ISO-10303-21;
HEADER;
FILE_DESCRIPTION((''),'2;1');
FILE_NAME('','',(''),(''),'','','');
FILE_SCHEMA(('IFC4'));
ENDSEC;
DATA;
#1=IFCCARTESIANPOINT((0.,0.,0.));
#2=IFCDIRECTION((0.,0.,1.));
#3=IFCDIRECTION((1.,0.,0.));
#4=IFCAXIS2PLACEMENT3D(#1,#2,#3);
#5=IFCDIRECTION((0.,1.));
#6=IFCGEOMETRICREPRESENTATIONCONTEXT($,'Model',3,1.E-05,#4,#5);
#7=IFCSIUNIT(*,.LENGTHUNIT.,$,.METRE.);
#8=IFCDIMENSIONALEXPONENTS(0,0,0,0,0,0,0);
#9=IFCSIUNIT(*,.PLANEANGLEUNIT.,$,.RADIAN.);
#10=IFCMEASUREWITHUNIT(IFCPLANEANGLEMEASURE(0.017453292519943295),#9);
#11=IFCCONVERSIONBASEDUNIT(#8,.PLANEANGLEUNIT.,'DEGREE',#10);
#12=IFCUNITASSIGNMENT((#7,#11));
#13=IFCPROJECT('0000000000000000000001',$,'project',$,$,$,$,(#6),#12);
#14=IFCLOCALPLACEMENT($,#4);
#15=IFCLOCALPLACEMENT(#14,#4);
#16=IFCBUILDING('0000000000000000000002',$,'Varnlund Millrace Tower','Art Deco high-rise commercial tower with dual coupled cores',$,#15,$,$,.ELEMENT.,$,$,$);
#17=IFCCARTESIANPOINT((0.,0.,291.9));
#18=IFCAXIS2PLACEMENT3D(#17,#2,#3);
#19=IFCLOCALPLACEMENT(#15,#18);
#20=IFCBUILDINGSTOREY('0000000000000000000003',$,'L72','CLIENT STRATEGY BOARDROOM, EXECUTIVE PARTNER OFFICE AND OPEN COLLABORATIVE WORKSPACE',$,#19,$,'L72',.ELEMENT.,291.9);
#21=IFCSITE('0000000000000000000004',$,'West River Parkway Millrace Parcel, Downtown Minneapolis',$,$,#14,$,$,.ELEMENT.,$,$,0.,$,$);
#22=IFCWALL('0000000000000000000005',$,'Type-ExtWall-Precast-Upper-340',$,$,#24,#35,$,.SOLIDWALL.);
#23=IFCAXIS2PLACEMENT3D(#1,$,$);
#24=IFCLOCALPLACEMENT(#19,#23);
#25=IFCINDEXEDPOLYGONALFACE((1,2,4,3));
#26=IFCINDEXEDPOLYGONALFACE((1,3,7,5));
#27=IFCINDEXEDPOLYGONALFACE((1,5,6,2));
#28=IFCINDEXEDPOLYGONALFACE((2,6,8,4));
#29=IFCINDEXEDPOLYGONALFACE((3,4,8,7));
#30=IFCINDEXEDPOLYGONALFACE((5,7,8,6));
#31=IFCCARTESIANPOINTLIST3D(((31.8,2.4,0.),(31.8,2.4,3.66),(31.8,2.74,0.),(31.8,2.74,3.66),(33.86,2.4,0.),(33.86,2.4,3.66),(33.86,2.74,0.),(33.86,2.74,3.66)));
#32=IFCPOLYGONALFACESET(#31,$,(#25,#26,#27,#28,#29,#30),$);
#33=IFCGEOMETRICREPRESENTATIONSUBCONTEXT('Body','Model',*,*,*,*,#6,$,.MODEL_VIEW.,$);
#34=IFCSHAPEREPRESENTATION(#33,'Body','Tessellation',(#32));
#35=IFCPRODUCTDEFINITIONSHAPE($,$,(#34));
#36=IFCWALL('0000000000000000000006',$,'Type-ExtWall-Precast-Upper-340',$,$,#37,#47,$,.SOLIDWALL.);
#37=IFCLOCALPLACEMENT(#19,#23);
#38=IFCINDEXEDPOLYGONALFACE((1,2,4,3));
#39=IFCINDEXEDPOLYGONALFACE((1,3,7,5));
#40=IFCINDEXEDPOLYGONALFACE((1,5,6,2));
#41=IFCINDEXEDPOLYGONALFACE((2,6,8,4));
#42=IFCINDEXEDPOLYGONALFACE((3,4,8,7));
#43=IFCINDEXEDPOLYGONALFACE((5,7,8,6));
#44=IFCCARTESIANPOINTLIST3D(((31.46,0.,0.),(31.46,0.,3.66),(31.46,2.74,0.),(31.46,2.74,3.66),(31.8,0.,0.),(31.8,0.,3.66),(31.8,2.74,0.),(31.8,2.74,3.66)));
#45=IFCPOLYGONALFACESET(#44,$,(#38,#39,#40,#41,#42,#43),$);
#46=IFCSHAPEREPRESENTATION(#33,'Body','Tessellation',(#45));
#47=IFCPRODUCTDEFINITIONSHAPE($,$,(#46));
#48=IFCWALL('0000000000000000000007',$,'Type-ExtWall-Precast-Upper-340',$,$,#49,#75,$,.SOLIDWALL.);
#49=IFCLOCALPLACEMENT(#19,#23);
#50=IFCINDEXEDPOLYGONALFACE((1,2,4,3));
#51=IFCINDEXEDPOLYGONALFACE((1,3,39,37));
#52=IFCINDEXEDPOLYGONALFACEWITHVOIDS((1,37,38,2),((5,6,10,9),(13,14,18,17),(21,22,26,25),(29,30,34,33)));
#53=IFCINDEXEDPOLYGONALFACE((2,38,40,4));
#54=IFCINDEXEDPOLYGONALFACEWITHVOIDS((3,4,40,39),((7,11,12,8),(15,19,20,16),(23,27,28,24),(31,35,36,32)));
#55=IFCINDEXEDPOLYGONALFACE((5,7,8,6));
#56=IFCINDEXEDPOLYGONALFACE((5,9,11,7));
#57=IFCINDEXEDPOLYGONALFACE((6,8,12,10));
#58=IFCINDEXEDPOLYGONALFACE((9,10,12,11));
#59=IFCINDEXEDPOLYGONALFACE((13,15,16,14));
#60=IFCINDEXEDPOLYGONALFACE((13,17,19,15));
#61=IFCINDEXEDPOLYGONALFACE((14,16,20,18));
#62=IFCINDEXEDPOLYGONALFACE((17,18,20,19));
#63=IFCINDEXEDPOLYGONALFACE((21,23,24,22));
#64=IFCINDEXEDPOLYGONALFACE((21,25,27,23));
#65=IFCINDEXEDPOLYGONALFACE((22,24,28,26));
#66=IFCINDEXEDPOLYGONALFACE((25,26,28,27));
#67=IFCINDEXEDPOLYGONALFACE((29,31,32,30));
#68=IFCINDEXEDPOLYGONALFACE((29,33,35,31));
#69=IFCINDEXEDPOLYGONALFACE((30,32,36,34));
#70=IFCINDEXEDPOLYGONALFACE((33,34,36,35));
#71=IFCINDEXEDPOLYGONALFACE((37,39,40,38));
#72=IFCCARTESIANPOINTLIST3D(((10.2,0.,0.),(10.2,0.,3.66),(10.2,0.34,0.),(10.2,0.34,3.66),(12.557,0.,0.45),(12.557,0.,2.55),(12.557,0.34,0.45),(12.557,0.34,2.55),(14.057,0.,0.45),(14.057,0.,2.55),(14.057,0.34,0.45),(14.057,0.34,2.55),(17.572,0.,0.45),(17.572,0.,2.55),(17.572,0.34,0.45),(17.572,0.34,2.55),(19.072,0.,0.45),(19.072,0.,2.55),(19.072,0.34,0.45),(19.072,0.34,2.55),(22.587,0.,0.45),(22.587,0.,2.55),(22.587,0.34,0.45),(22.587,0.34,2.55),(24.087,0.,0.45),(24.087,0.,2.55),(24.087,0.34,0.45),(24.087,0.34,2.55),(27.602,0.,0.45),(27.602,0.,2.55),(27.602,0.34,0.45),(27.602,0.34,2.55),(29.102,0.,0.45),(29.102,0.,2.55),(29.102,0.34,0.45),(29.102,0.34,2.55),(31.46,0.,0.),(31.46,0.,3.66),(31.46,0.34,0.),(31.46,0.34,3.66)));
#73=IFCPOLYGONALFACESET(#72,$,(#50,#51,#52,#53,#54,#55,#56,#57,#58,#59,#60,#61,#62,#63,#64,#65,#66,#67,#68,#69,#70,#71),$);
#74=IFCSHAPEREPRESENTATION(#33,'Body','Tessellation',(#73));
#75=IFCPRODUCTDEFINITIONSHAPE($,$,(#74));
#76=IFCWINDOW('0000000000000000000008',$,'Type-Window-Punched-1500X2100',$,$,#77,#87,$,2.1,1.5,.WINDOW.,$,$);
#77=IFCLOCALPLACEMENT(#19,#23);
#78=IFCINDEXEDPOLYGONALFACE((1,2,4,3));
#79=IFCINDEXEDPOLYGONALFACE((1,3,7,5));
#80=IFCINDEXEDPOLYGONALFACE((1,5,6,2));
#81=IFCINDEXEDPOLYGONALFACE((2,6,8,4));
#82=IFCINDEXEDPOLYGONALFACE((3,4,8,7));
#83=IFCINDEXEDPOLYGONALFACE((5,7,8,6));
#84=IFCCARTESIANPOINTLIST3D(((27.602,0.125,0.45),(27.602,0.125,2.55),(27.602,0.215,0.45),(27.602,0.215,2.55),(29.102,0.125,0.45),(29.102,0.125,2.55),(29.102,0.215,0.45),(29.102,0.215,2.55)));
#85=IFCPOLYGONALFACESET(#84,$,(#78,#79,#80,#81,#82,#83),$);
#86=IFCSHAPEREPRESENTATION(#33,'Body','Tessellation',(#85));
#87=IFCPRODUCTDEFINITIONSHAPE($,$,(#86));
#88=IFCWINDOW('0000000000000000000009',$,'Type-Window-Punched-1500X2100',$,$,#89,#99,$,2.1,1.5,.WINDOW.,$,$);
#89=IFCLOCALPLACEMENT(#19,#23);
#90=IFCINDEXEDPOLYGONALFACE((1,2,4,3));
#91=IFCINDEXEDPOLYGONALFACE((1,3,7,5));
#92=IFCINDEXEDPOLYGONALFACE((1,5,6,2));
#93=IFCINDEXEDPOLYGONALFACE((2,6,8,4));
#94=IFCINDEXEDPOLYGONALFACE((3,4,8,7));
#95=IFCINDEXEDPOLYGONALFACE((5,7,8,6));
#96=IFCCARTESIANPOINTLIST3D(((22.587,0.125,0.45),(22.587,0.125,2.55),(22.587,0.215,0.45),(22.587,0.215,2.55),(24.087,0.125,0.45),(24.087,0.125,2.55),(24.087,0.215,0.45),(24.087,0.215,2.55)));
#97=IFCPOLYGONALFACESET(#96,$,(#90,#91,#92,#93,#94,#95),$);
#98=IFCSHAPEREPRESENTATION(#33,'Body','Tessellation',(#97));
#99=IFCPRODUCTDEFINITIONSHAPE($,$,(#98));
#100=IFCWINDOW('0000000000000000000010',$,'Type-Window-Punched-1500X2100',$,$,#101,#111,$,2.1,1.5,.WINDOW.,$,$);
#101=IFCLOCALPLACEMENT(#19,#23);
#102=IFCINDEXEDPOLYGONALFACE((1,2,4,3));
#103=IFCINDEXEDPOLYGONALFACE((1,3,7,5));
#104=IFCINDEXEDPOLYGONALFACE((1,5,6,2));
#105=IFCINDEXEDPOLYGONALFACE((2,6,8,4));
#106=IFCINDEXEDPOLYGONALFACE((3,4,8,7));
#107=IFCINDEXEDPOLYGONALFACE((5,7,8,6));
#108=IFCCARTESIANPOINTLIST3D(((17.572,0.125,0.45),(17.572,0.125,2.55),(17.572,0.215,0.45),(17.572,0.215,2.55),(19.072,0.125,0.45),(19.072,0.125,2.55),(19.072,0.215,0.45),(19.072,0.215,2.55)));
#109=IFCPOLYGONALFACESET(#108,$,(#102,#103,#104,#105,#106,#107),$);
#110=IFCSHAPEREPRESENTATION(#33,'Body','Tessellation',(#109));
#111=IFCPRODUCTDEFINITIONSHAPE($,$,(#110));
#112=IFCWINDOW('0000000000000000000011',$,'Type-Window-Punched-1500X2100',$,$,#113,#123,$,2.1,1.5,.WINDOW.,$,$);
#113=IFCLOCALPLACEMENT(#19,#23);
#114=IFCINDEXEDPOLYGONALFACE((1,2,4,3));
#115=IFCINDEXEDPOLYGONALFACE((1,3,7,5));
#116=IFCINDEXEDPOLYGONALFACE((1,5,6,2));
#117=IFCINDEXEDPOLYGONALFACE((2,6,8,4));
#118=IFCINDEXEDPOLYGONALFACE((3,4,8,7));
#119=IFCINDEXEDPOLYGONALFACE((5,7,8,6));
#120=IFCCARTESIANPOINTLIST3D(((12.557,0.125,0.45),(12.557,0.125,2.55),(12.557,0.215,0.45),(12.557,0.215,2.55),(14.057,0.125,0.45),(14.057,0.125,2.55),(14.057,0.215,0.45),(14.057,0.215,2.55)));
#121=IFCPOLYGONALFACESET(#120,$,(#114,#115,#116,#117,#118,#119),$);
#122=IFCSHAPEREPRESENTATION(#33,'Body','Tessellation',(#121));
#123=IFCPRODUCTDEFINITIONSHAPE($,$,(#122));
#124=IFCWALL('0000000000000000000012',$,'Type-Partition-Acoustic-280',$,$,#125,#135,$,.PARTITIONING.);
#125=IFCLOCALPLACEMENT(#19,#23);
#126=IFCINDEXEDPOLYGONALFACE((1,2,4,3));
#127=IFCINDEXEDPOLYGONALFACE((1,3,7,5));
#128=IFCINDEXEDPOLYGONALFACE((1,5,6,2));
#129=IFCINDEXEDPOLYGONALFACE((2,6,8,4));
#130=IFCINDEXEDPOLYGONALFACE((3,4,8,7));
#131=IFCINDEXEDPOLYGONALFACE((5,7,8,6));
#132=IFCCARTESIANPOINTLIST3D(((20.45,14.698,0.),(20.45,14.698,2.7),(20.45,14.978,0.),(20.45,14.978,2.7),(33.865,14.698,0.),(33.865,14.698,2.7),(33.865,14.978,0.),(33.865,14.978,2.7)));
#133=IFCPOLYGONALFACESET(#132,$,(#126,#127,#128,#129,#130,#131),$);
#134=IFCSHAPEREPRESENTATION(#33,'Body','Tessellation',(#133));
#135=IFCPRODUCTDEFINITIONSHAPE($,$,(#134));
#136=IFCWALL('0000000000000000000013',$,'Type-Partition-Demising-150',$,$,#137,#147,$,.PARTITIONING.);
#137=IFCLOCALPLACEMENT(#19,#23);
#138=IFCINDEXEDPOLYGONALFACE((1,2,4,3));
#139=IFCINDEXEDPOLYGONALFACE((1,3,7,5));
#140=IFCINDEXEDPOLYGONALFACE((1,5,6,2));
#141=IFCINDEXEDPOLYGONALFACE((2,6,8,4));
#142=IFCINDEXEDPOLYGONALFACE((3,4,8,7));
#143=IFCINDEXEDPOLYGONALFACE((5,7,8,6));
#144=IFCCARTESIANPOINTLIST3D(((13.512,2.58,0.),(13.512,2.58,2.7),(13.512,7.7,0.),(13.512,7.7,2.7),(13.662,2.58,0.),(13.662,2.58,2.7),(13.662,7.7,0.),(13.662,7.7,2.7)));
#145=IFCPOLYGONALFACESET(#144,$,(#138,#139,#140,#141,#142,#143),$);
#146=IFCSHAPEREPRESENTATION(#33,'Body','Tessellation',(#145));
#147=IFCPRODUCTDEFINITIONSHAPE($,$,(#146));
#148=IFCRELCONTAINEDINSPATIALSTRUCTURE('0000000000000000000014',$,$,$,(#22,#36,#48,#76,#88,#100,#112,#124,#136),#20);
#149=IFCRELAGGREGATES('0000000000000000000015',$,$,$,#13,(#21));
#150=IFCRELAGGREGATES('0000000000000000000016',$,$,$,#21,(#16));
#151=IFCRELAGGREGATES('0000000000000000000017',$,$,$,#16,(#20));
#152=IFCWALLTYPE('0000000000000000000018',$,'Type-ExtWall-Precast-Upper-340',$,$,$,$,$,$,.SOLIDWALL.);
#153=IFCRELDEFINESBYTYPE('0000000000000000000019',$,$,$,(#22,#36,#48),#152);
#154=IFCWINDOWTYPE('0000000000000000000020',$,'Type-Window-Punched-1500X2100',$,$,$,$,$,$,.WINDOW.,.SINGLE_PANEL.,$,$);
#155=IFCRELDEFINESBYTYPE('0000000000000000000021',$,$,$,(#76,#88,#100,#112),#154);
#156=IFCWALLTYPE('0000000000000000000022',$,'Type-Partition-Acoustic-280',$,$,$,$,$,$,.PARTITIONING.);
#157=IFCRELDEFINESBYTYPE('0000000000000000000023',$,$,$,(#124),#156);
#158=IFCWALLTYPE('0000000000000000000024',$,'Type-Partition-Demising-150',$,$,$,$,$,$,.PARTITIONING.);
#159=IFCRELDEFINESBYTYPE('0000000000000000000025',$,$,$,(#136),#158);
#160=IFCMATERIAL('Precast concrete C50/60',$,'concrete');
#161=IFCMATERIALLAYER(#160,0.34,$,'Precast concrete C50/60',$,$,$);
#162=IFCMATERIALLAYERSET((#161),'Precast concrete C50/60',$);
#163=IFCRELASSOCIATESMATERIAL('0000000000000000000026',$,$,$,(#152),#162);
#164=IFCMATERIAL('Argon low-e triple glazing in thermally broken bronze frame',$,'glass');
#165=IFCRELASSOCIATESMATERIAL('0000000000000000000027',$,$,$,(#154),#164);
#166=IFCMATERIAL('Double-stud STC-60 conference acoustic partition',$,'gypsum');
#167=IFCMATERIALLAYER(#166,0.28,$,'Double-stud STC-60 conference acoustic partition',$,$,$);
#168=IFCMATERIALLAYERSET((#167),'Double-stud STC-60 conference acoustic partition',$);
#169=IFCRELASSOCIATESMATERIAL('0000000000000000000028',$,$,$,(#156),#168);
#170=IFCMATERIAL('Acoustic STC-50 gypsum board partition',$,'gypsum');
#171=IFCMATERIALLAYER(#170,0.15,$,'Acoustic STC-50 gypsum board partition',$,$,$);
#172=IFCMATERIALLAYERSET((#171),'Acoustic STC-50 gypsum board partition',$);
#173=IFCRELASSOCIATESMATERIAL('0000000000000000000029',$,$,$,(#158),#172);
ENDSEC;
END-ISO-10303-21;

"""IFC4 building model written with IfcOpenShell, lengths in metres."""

from ifc_helpers import new_model, entity, si_unit, converted_unit, direction, frame, origin_with_axes, origin_2d_with_axis, place, context, subcontext, project, spatial, polyline, rectangle, outline, extrude, material, layer, layer_set, type_object, element, fill, save


model = new_model("IFC4")

# Units and contexts
model_context = context("Model", 3, precision=1e-05, world=origin_with_axes(), true_north=direction((0.0, 1.0)))
body_context = subcontext(model_context, "Body", "Model", "MODEL_VIEW")
ifc_project = project(units=[si_unit("LENGTHUNIT", "METRE"), converted_unit("PLANEANGLEUNIT", "DEGREE", entity("IfcPlaneAngleMeasure", 0.017453292519943295), si_unit("PLANEANGLEUNIT", "RADIAN"), dimensions=[0, 0, 0, 0, 0, 0, 0])], contexts=[model_context])

# Site, building, storey
site_placement = place(None, origin_with_axes())
site = spatial("IfcSite", under=ifc_project, at=site_placement, Name="West River Parkway Millrace Parcel, Downtown Minneapolis", CompositionType="ELEMENT", RefElevation=0.0)
building_placement = place(site_placement, origin_with_axes())
building = spatial("IfcBuilding", under=site, at=building_placement, Name="Varnlund Millrace Tower", Description="Art Deco high-rise commercial tower with dual coupled cores", CompositionType="ELEMENT")
storey_placement = place(building_placement, frame((0.0, 0.0, 291.9), z_axis=(0.0, 0.0, 1.0), x_axis=(1.0, 0.0, 0.0)))
storey = spatial("IfcBuildingStorey", under=building, at=storey_placement, Name="L72", Description="CLIENT STRATEGY BOARDROOM, EXECUTIVE PARTNER OFFICE AND OPEN COLLABORATIVE WORKSPACE", LongName="L72", CompositionType="ELEMENT", Elevation=291.9)

# Walls
ifc_material_1 = material(Name="Precast concrete C50/60", Category="concrete")
ifc_layer_1 = layer(ifc_material_1, 0.34, Name="Precast concrete C50/60")
ifc_layer_set_1 = layer_set([ifc_layer_1], Name="Precast concrete C50/60")
wall_type_1 = type_object("IfcWallType", Name="Type-ExtWall-Precast-Upper-340", PredefinedType="SOLIDWALL", material=ifc_layer_set_1)
wall_1_placement = place(storey_placement, frame((33.86, 2.57, 0.0), z_axis=(0.0, 0.0, 1.0), x_axis=(-1.0, 0.0, 0.0)))
element("IfcWall", 1, at=wall_1_placement, inside=storey, type_object=wall_type_1, Name="Type-ExtWall-Precast-Upper-340", PredefinedType="SOLIDWALL", context=body_context, shape_type="SweptSolid", body=[
    extrude(outline(polyline([(0.0, -0.17), (2.06, -0.17), (2.06, 0.17), (0.0, 0.17), (0.0, -0.17)])), origin_with_axes(), (0.0, 0.0, 1.0), 3.66),
])
wall_2_placement = place(storey_placement, frame((31.63, 2.74, 0.0), z_axis=(0.0, 0.0, 1.0), x_axis=(0.0, -1.0, 0.0)))
element("IfcWall", 2, at=wall_2_placement, inside=storey, type_object=wall_type_1, Name="Type-ExtWall-Precast-Upper-340", PredefinedType="SOLIDWALL", context=body_context, shape_type="SweptSolid", body=[
    extrude(outline(polyline([(0.0, -0.17), (2.74, -0.17), (2.74, 0.17), (0.0, 0.17), (0.0, -0.17)])), origin_with_axes(), (0.0, 0.0, 1.0), 3.66),
])

# Wall, openings, windows
wall_3_placement = place(storey_placement, frame((31.46, 0.17, 0.0), z_axis=(0.0, 0.0, 1.0), x_axis=(-1.0, 0.0, 0.0)))
wall_3 = element("IfcWall", 3, at=wall_3_placement, inside=storey, type_object=wall_type_1, Name="Type-ExtWall-Precast-Upper-340", PredefinedType="SOLIDWALL", context=body_context, shape_type="SweptSolid", body=[
    extrude(outline(polyline([(0.0, -0.17), (21.26, -0.17), (21.26, 0.17), (0.0, 0.17), (0.0, -0.17)])), origin_with_axes(), (0.0, 0.0, 1.0), 3.66),
])
opening_1_placement = place(wall_3_placement, frame((3.108, 0.0, 0.45), z_axis=(0.0, 0.0, 1.0), x_axis=(1.0, 0.0, 0.0)))
opening_1 = element("IfcOpeningElement", 4, at=opening_1_placement, cuts=wall_3, PredefinedType="OPENING", context=body_context, shape_type="SweptSolid", body=[
    extrude(rectangle(XDim=1.5, YDim=0.36, at=origin_2d_with_axis()), origin_with_axes(), (0.0, 0.0, 1.0), 2.1),
])
opening_2_placement = place(wall_3_placement, frame((8.123, 0.0, 0.45), z_axis=(0.0, 0.0, 1.0), x_axis=(1.0, 0.0, 0.0)))
opening_2 = element("IfcOpeningElement", 5, at=opening_2_placement, cuts=wall_3, PredefinedType="OPENING", context=body_context, shape_type="SweptSolid", body=[
    extrude(rectangle(XDim=1.5, YDim=0.36, at=origin_2d_with_axis()), origin_with_axes(), (0.0, 0.0, 1.0), 2.1),
])
opening_3_placement = place(wall_3_placement, frame((13.138, 0.0, 0.45), z_axis=(0.0, 0.0, 1.0), x_axis=(1.0, 0.0, 0.0)))
opening_3 = element("IfcOpeningElement", 6, at=opening_3_placement, cuts=wall_3, PredefinedType="OPENING", context=body_context, shape_type="SweptSolid", body=[
    extrude(rectangle(XDim=1.5, YDim=0.36, at=origin_2d_with_axis()), origin_with_axes(), (0.0, 0.0, 1.0), 2.1),
])
opening_4_placement = place(wall_3_placement, frame((18.153, 0.0, 0.45), z_axis=(0.0, 0.0, 1.0), x_axis=(1.0, 0.0, 0.0)))
opening_4 = element("IfcOpeningElement", 7, at=opening_4_placement, cuts=wall_3, PredefinedType="OPENING", context=body_context, shape_type="SweptSolid", body=[
    extrude(rectangle(XDim=1.5, YDim=0.36, at=origin_2d_with_axis()), origin_with_axes(), (0.0, 0.0, 1.0), 2.1),
])
ifc_material_2 = material(Name="Argon low-e triple glazing in thermally broken bronze frame", Category="glass")
window_type = type_object("IfcWindowType", Name="Type-Window-Punched-1500X2100", PartitioningType="SINGLE_PANEL", PredefinedType="WINDOW", material=ifc_material_2)
window_1_placement = place(wall_3_placement, frame((3.108, 0.0, 0.45), z_axis=(0.0, 0.0, 1.0), x_axis=(1.0, 0.0, 0.0)))
window_1 = element("IfcWindow", 8, at=window_1_placement, inside=storey, type_object=window_type, Name="Type-Window-Punched-1500X2100", OverallHeight=2.1, OverallWidth=1.5, PredefinedType="WINDOW", context=body_context, shape_type="SweptSolid", body=[
    extrude(rectangle(XDim=1.5, YDim=0.09, at=origin_2d_with_axis()), origin_with_axes(), (0.0, 0.0, 1.0), 2.1),
])
fill(opening_1, window_1)
window_2_placement = place(wall_3_placement, frame((8.123, 0.0, 0.45), z_axis=(0.0, 0.0, 1.0), x_axis=(1.0, 0.0, 0.0)))
window_2 = element("IfcWindow", 9, at=window_2_placement, inside=storey, type_object=window_type, Name="Type-Window-Punched-1500X2100", OverallHeight=2.1, OverallWidth=1.5, PredefinedType="WINDOW", context=body_context, shape_type="SweptSolid", body=[
    extrude(rectangle(XDim=1.5, YDim=0.09, at=origin_2d_with_axis()), origin_with_axes(), (0.0, 0.0, 1.0), 2.1),
])
fill(opening_2, window_2)
window_3_placement = place(wall_3_placement, frame((13.138, 0.0, 0.45), z_axis=(0.0, 0.0, 1.0), x_axis=(1.0, 0.0, 0.0)))
window_3 = element("IfcWindow", 10, at=window_3_placement, inside=storey, type_object=window_type, Name="Type-Window-Punched-1500X2100", OverallHeight=2.1, OverallWidth=1.5, PredefinedType="WINDOW", context=body_context, shape_type="SweptSolid", body=[
    extrude(rectangle(XDim=1.5, YDim=0.09, at=origin_2d_with_axis()), origin_with_axes(), (0.0, 0.0, 1.0), 2.1),
])
fill(opening_3, window_3)
window_4_placement = place(wall_3_placement, frame((18.153, 0.0, 0.45), z_axis=(0.0, 0.0, 1.0), x_axis=(1.0, 0.0, 0.0)))
window_4 = element("IfcWindow", 11, at=window_4_placement, inside=storey, type_object=window_type, Name="Type-Window-Punched-1500X2100", OverallHeight=2.1, OverallWidth=1.5, PredefinedType="WINDOW", context=body_context, shape_type="SweptSolid", body=[
    extrude(rectangle(XDim=1.5, YDim=0.09, at=origin_2d_with_axis()), origin_with_axes(), (0.0, 0.0, 1.0), 2.1),
])
fill(opening_4, window_4)

# Wall
ifc_material_3 = material(Name="Double-stud STC-60 conference acoustic partition", Category="gypsum")
ifc_layer_2 = layer(ifc_material_3, 0.28, Name="Double-stud STC-60 conference acoustic partition")
ifc_layer_set_2 = layer_set([ifc_layer_2], Name="Double-stud STC-60 conference acoustic partition")
wall_type_2 = type_object("IfcWallType", Name="Type-Partition-Acoustic-280", PredefinedType="PARTITIONING", material=ifc_layer_set_2)
wall_4_placement = place(storey_placement, frame((20.45, 14.838, 0.0), z_axis=(0.0, 0.0, 1.0), x_axis=(1.0, 0.0, 0.0)))
element("IfcWall", 12, at=wall_4_placement, inside=storey, type_object=wall_type_2, Name="Type-Partition-Acoustic-280", PredefinedType="PARTITIONING", context=body_context, shape_type="SweptSolid", body=[
    extrude(outline(polyline([(0.0, -0.14), (13.415, -0.14), (13.415, 0.14), (0.0, 0.14), (0.0, -0.14)])), origin_with_axes(), (0.0, 0.0, 1.0), 2.7),
])

# Wall
ifc_material_4 = material(Name="Acoustic STC-50 gypsum board partition", Category="gypsum")
ifc_layer_3 = layer(ifc_material_4, 0.15, Name="Acoustic STC-50 gypsum board partition")
ifc_layer_set_3 = layer_set([ifc_layer_3], Name="Acoustic STC-50 gypsum board partition")
wall_type_3 = type_object("IfcWallType", Name="Type-Partition-Demising-150", PredefinedType="PARTITIONING", material=ifc_layer_set_3)
wall_5_placement = place(storey_placement, frame((13.587, 2.58, 0.0), z_axis=(0.0, 0.0, 1.0), x_axis=(0.0, 1.0, 0.0)))
element("IfcWall", 13, at=wall_5_placement, inside=storey, type_object=wall_type_3, Name="Type-Partition-Demising-150", PredefinedType="PARTITIONING", context=body_context, shape_type="SweptSolid", body=[
    extrude(outline(polyline([(0.0, -0.075), (5.12, -0.075), (5.12, 0.075), (0.0, 0.075), (0.0, -0.075)])), origin_with_axes(), (0.0, 0.0, 1.0), 2.7),
])

save(model, "model.ifc")
